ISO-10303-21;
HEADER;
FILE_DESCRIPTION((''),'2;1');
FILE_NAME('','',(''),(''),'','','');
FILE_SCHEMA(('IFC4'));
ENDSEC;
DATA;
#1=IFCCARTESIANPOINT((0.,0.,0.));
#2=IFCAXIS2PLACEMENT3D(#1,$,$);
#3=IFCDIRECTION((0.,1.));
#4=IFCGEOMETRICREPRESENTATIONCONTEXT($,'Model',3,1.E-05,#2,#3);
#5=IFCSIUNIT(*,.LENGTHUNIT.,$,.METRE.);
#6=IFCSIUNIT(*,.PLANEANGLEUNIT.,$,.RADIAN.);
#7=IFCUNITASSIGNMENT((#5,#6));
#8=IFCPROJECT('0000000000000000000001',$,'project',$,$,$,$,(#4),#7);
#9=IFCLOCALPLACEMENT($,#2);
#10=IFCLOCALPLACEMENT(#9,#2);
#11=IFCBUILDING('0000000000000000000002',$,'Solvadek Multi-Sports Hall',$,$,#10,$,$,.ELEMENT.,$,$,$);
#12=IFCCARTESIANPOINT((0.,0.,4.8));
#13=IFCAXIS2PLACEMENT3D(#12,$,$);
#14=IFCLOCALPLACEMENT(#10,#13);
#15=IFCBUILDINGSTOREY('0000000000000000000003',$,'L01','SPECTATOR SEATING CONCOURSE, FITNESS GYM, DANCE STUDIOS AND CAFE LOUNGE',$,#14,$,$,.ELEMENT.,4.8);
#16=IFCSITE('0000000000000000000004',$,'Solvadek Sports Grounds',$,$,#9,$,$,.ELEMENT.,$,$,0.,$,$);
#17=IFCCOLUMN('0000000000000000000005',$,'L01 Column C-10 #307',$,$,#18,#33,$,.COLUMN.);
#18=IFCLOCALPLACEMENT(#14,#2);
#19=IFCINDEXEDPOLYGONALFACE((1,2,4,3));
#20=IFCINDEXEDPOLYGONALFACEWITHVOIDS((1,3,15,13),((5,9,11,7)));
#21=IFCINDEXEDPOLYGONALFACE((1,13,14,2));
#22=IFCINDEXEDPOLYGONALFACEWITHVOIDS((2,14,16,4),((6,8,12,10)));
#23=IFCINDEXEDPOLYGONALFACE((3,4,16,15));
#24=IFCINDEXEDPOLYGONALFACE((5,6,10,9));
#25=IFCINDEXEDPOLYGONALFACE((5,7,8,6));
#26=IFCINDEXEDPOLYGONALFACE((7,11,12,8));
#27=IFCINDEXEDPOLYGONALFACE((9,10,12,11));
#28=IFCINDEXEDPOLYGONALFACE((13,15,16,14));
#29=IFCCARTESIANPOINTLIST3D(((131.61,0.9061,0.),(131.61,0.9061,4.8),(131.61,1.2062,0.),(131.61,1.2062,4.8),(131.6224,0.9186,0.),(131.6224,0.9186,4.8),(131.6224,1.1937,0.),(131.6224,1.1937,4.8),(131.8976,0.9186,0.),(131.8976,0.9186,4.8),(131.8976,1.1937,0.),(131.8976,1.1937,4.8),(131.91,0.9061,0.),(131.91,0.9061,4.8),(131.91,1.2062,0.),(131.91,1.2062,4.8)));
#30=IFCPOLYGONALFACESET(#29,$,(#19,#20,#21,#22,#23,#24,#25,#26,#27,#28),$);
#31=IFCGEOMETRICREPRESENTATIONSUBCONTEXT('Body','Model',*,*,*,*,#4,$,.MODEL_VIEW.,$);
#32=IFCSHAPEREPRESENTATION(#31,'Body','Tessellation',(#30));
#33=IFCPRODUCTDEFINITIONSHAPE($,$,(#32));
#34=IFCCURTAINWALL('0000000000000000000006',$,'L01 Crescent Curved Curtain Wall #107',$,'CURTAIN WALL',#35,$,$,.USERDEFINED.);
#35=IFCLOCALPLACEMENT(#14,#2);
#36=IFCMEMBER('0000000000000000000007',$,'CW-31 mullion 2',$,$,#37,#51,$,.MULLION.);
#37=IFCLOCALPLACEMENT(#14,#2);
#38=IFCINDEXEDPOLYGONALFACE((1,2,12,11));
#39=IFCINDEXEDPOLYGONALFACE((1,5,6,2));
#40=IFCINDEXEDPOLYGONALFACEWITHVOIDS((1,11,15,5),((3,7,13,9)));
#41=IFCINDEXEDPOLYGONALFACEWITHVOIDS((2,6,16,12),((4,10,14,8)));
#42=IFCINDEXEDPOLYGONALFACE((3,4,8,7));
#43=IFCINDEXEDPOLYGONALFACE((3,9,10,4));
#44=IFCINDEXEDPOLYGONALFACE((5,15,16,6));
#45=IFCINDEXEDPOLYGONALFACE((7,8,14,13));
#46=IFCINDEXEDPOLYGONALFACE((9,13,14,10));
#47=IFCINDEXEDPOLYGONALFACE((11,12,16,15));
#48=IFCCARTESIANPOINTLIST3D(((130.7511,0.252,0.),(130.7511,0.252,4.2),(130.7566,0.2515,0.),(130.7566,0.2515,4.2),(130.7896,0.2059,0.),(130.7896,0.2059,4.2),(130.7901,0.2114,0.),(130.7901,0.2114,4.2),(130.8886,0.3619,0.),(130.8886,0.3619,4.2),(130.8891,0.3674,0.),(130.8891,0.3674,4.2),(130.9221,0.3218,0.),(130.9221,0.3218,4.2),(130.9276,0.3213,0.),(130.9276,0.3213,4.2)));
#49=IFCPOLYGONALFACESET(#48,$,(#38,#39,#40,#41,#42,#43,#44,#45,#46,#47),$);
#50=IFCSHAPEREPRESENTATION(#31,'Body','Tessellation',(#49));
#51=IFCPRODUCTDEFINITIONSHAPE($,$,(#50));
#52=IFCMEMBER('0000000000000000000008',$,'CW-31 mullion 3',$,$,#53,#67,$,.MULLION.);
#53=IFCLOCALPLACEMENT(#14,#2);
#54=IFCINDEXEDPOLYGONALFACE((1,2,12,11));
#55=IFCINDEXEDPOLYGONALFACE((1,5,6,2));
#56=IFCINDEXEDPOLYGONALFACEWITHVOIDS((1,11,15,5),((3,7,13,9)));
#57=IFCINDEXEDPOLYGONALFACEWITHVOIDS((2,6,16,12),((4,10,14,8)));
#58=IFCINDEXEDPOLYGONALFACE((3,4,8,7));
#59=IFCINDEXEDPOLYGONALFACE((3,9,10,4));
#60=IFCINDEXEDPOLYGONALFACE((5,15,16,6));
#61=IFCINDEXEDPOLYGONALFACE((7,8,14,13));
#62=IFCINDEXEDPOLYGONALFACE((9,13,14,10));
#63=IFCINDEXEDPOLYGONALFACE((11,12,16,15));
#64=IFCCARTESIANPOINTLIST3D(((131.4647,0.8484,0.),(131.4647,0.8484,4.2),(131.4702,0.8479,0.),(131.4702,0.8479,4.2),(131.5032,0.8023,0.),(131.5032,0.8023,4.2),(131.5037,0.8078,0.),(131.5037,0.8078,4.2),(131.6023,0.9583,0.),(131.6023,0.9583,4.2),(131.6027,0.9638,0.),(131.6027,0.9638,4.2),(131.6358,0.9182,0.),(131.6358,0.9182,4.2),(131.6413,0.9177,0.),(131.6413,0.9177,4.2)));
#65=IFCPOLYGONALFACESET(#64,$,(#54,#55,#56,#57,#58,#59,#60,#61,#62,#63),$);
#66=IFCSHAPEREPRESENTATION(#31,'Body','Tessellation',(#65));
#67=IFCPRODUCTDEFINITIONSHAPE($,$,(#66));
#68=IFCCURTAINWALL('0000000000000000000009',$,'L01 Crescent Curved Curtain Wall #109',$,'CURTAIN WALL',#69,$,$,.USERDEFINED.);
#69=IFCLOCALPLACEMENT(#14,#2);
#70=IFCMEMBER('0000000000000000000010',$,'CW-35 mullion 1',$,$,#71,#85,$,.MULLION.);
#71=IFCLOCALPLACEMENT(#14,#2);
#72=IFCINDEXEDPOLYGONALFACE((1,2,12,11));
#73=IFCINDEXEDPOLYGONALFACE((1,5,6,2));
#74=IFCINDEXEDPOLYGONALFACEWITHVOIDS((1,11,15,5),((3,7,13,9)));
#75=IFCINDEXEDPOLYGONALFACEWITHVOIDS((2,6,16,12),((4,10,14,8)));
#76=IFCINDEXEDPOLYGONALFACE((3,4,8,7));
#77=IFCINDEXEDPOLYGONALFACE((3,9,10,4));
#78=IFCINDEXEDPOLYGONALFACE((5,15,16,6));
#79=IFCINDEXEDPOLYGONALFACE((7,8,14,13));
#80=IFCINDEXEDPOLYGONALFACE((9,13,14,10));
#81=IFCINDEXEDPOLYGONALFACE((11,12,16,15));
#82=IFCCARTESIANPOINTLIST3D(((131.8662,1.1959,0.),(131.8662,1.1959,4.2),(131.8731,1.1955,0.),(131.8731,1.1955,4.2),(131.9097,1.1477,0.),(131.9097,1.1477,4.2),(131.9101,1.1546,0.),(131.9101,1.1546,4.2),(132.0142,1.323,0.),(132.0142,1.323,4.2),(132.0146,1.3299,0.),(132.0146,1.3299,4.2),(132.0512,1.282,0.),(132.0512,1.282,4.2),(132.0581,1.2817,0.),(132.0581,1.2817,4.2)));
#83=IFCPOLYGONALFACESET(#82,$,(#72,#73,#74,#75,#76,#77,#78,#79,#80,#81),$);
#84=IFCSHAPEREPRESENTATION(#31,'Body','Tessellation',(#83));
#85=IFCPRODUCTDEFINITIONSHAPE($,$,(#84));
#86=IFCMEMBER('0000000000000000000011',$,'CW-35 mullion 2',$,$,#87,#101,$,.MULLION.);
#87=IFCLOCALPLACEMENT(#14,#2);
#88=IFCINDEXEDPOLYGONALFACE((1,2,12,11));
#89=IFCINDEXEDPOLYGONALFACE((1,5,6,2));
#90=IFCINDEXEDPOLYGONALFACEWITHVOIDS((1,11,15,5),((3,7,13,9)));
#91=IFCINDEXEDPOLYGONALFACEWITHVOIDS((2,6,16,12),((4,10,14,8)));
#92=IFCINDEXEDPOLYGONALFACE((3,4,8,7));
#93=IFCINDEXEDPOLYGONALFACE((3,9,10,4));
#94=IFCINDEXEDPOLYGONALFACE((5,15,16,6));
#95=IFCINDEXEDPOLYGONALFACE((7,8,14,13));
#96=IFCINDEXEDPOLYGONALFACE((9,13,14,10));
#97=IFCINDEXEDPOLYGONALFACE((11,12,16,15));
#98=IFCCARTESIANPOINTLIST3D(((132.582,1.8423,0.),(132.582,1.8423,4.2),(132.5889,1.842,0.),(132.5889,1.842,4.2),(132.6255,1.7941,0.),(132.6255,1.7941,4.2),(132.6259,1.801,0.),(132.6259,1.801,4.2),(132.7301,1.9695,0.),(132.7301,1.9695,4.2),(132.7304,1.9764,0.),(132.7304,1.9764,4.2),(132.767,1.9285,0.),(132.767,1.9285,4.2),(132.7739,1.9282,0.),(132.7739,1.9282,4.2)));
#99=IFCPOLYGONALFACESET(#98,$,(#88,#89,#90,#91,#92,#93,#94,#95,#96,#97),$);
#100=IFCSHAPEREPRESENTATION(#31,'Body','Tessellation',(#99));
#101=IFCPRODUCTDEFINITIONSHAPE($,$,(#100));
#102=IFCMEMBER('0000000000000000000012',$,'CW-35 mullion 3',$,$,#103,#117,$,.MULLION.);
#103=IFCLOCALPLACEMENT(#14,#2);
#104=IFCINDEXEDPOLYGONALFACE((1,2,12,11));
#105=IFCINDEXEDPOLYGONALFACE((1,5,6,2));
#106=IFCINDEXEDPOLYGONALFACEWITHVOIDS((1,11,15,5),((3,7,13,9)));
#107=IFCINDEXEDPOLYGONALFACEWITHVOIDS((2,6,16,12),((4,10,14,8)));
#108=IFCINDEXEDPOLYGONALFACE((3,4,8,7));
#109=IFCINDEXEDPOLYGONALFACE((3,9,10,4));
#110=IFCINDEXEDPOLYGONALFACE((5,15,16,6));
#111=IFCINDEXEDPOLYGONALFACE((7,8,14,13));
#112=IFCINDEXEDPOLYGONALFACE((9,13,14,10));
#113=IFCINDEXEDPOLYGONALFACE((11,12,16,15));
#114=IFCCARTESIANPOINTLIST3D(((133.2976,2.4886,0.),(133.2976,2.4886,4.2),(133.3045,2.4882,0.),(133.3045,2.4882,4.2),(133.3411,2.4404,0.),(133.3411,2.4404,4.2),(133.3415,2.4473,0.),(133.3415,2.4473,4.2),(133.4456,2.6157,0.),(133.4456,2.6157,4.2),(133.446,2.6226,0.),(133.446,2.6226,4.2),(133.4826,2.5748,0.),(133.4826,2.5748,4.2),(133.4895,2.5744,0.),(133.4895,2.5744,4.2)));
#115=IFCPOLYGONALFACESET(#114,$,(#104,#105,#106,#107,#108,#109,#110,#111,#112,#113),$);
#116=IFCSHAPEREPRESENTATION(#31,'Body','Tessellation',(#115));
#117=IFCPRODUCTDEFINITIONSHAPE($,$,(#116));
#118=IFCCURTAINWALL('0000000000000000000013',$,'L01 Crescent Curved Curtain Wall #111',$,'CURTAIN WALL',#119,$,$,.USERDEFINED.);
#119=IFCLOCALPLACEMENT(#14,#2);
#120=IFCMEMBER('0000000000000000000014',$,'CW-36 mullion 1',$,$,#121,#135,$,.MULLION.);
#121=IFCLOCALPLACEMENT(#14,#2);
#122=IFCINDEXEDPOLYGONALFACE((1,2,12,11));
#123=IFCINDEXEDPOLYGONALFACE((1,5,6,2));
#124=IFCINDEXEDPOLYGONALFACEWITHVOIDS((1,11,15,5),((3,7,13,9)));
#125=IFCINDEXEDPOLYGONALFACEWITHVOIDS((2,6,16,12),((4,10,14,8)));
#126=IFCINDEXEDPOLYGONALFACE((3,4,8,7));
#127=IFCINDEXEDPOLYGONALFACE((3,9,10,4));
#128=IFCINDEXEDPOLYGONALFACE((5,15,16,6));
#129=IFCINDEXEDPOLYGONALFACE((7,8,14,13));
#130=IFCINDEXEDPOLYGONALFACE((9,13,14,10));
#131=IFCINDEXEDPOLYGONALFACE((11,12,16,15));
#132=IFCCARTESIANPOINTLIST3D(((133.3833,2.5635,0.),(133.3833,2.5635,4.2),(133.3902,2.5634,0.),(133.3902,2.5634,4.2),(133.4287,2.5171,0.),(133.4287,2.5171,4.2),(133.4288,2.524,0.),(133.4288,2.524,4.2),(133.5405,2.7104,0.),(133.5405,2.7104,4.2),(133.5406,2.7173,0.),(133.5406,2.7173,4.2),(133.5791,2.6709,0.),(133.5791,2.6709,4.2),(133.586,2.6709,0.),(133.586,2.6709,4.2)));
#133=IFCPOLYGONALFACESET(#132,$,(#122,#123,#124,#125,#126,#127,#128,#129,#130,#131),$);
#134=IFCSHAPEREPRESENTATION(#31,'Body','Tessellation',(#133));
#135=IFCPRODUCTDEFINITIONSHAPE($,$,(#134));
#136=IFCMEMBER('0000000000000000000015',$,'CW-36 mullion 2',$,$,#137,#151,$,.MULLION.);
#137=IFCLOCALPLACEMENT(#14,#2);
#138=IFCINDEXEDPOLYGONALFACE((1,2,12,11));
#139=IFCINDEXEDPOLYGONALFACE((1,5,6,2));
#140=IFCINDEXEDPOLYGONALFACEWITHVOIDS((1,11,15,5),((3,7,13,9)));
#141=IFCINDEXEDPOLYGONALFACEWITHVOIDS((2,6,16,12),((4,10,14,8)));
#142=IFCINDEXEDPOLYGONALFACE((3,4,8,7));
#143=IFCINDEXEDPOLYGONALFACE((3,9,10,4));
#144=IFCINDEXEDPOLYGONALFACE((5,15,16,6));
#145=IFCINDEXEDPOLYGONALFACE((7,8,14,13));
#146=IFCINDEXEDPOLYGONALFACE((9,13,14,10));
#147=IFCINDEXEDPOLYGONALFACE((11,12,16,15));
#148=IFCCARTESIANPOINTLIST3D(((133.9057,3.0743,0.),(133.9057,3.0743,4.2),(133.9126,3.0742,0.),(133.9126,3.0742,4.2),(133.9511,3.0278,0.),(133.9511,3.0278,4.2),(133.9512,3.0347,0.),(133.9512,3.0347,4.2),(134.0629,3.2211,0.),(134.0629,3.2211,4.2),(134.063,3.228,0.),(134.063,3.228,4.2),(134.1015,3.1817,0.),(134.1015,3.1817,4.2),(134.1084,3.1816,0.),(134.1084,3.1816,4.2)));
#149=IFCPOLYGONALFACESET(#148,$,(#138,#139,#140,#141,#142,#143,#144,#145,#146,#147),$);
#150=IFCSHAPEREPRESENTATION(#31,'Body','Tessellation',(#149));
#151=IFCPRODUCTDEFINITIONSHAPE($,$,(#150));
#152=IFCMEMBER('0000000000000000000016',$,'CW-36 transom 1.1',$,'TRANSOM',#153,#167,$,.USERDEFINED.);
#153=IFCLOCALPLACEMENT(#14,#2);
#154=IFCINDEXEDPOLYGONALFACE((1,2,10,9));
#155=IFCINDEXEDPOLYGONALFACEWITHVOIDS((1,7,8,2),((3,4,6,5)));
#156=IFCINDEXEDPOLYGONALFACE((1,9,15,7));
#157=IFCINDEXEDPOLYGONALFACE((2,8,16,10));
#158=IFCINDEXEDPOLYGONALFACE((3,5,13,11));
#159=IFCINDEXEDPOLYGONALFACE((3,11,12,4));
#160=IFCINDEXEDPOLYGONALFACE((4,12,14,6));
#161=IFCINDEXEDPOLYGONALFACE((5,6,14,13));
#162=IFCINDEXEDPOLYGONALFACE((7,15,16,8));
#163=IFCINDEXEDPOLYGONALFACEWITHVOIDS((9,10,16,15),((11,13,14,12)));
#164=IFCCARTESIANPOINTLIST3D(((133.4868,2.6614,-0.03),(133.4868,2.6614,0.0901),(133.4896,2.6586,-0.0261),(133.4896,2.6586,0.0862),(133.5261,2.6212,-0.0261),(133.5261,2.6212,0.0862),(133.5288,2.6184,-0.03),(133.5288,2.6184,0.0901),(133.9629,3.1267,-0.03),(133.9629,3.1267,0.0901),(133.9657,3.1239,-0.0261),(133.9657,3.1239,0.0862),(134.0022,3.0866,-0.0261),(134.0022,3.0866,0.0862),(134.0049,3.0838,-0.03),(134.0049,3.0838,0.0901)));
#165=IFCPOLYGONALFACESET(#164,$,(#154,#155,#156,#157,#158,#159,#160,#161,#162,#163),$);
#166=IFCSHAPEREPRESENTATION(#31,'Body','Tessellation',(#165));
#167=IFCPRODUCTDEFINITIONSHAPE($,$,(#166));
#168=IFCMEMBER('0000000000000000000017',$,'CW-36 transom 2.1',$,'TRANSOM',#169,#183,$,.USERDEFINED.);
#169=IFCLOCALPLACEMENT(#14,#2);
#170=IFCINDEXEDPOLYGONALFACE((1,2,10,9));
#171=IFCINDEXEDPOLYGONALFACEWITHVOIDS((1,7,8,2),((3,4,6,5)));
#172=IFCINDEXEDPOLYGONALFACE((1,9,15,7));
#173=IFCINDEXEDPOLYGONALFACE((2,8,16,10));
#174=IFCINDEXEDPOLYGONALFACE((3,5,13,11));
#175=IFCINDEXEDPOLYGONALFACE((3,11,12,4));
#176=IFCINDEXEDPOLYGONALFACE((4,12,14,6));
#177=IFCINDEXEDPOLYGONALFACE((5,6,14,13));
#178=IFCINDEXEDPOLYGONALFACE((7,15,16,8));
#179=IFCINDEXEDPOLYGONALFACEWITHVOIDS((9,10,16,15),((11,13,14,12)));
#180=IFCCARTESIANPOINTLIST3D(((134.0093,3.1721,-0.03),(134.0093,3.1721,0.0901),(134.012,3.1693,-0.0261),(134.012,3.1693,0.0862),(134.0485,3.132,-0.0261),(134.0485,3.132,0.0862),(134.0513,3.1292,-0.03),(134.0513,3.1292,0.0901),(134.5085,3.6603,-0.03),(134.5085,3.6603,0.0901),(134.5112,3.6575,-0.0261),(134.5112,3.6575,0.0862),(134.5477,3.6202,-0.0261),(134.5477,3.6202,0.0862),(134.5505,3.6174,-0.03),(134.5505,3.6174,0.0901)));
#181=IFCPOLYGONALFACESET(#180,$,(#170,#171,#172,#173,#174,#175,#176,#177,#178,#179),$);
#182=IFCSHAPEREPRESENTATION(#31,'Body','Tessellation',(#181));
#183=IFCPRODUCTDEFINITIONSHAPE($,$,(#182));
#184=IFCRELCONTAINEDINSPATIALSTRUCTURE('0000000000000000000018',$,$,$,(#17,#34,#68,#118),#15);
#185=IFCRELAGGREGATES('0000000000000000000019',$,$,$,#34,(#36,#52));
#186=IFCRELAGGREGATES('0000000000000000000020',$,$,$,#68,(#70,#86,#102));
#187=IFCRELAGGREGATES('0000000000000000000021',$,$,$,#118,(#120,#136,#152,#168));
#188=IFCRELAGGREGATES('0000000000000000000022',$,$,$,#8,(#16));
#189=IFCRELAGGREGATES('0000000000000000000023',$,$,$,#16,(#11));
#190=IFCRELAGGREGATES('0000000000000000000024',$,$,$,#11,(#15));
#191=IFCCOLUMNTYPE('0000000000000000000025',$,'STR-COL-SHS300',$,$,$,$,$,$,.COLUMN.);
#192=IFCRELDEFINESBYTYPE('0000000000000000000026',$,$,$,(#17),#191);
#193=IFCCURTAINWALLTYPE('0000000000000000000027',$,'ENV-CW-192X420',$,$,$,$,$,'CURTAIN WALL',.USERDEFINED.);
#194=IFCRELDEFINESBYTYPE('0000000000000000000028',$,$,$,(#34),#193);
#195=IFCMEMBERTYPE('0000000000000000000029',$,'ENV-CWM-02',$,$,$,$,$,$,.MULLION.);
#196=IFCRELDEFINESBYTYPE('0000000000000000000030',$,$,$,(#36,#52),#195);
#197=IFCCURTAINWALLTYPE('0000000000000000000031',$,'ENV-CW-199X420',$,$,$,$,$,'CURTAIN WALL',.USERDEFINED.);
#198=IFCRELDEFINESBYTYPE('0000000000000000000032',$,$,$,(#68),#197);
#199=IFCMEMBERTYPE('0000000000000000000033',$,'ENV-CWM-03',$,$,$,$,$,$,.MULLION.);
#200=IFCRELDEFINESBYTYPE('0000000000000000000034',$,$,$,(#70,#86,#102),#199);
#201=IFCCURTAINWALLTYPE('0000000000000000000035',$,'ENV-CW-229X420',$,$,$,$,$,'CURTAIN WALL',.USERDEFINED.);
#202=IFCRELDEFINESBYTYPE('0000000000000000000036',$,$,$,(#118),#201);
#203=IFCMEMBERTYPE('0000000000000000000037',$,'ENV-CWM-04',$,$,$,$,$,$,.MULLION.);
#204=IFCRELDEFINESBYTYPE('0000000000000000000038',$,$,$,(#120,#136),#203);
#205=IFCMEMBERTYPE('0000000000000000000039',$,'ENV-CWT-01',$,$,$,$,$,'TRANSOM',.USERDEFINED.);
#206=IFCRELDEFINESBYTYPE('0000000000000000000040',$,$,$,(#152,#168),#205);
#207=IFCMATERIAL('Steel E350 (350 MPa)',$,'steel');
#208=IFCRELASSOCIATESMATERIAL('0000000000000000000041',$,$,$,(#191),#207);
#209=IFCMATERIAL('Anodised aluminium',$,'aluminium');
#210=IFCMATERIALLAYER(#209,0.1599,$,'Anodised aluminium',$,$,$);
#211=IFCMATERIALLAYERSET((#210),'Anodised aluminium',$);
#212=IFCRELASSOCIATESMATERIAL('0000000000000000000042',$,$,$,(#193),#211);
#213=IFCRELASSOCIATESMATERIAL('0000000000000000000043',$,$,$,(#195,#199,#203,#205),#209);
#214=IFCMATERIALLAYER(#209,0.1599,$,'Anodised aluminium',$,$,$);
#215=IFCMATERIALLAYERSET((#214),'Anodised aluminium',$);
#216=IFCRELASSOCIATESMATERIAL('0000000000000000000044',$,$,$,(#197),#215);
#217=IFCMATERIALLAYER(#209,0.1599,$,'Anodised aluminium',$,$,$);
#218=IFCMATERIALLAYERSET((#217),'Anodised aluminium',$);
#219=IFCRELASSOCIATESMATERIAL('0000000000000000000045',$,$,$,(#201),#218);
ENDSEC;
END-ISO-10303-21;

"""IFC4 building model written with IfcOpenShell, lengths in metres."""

from ifc_helpers import new_model, si_unit, direction, frame, origin, origin_2d, place, context, subcontext, project, spatial, hollow_rectangle, extrude, material, layer, layer_set, material_profile, profile_set, type_object, element, aggregate, save


model = new_model("IFC4")

# Units and contexts
model_context = context("Model", 3, precision=1e-05, world=origin(), true_north=direction((0.0, 1.0)))
body_context = subcontext(model_context, "Body", "Model", "MODEL_VIEW")
ifc_project = project(units=[si_unit("LENGTHUNIT", "METRE"), si_unit("PLANEANGLEUNIT", "RADIAN")], contexts=[model_context])

# Site, building, storey
site_placement = place(None, origin())
site = spatial("IfcSite", under=ifc_project, at=site_placement, Name="Solvadek Sports Grounds", CompositionType="ELEMENT", RefElevation=0.0)
building_placement = place(site_placement, origin())
building = spatial("IfcBuilding", under=site, at=building_placement, Name="Solvadek Multi-Sports Hall", CompositionType="ELEMENT")
storey_placement = place(building_placement, frame((0.0, 0.0, 4.8)))
storey = spatial("IfcBuildingStorey", under=building, at=storey_placement, Name="L01", Description="SPECTATOR SEATING CONCOURSE, FITNESS GYM, DANCE STUDIOS AND CAFE LOUNGE", CompositionType="ELEMENT", Elevation=4.8)

# Column
ifc_material_1 = material(Name="Steel E350 (350 MPa)", Category="steel")
ifc_material_profile_1 = material_profile(ifc_material_1, hollow_rectangle(XDim=0.3, YDim=0.3, WallThickness=0.0125, at=origin_2d()), Name="SHS 300x300x12.5")
ifc_profile_set_1 = profile_set([ifc_material_profile_1], Name="Steel E350 (350 MPa)")
column_type = type_object("IfcColumnType", Name="STR-COL-SHS300", PredefinedType="COLUMN", material=ifc_profile_set_1)
column_placement = place(storey_placement, frame((131.76, 1.0562, 0.0), z_axis=(0.0, 0.0, 1.0), x_axis=(1.0, 0.0, 0.0)))
element("IfcColumn", 1, at=column_placement, inside=storey, type_object=column_type, Name="L01 Column C-10 #307", PredefinedType="COLUMN", context=body_context, shape_type="SweptSolid", body=[
    extrude(hollow_rectangle(XDim=0.3, YDim=0.3, WallThickness=0.0125, at=origin_2d()), origin(), (0.0, 0.0, 1.0), 4.8),
])

# Curtain walls, members
ifc_material_2 = material(Name="Anodised aluminium", Category="aluminium")
ifc_layer_1 = layer(ifc_material_2, 0.1599, Name="Anodised aluminium")
ifc_layer_set_1 = layer_set([ifc_layer_1], Name="Anodised aluminium")
curtain_wall_type_1 = type_object("IfcCurtainWallType", Name="ENV-CW-192X420", ElementType="CURTAIN WALL", PredefinedType="USERDEFINED", material=ifc_layer_set_1)
curtain_wall_1_placement = place(storey_placement, origin())
curtain_wall_1 = element("IfcCurtainWall", 2, at=curtain_wall_1_placement, inside=storey, type_object=curtain_wall_type_1, Name="L01 Crescent Curved Curtain Wall #107", ObjectType="CURTAIN WALL", PredefinedType="USERDEFINED")
ifc_material_profile_2 = material_profile(ifc_material_2, hollow_rectangle(XDim=0.0601, YDim=0.1799, WallThickness=0.0039, at=origin_2d()), Name="ALU-M 180x60x4")
ifc_profile_set_2 = profile_set([ifc_material_profile_2], Name="Anodised aluminium")
member_type_1 = type_object("IfcMemberType", Name="ENV-CWM-02", PredefinedType="MULLION", material=ifc_profile_set_2)
member_1_placement = place(storey_placement, frame((130.8394, 0.2866, 0.0), z_axis=(0.0, 0.0, 1.0), x_axis=(-0.641347, 0.767251, 0.0)))
member_1 = element("IfcMember", 3, at=member_1_placement, type_object=member_type_1, Name="CW-31 mullion 2", PredefinedType="MULLION", context=body_context, shape_type="SweptSolid", body=[
    extrude(hollow_rectangle(XDim=0.0601, YDim=0.1799, WallThickness=0.0039, at=origin_2d()), origin(), (0.0, 0.0, 1.0), 4.2),
])
member_2_placement = place(storey_placement, frame((131.553, 0.8831, 0.0), z_axis=(0.0, 0.0, 1.0), x_axis=(-0.641347, 0.767251, 0.0)))
member_2 = element("IfcMember", 4, at=member_2_placement, type_object=member_type_1, Name="CW-31 mullion 3", PredefinedType="MULLION", context=body_context, shape_type="SweptSolid", body=[
    extrude(hollow_rectangle(XDim=0.0601, YDim=0.1799, WallThickness=0.0039, at=origin_2d()), origin(), (0.0, 0.0, 1.0), 4.2),
])
ifc_layer_2 = layer(ifc_material_2, 0.1599, Name="Anodised aluminium")
ifc_layer_set_2 = layer_set([ifc_layer_2], Name="Anodised aluminium")
curtain_wall_type_2 = type_object("IfcCurtainWallType", Name="ENV-CW-199X420", ElementType="CURTAIN WALL", PredefinedType="USERDEFINED", material=ifc_layer_set_2)
curtain_wall_2_placement = place(storey_placement, origin())
curtain_wall_2 = element("IfcCurtainWall", 5, at=curtain_wall_2_placement, inside=storey, type_object=curtain_wall_type_2, Name="L01 Crescent Curved Curtain Wall #109", ObjectType="CURTAIN WALL", PredefinedType="USERDEFINED")
ifc_material_profile_3 = material_profile(ifc_material_2, hollow_rectangle(XDim=0.0649, YDim=0.2, WallThickness=0.0049, at=origin_2d()), Name="ALU-M 200x65x5")
ifc_profile_set_3 = profile_set([ifc_material_profile_3], Name="Anodised aluminium")
member_type_2 = type_object("IfcMemberType", Name="ENV-CWM-03", PredefinedType="MULLION", material=ifc_profile_set_3)
member_3_placement = place(storey_placement, frame((131.9622, 1.2388, 0.0), z_axis=(0.0, 0.0, 1.0), x_axis=(-0.670227, 0.742156, 0.0)))
member_3 = element("IfcMember", 6, at=member_3_placement, type_object=member_type_2, Name="CW-35 mullion 1", PredefinedType="MULLION", context=body_context, shape_type="SweptSolid", body=[
    extrude(hollow_rectangle(XDim=0.0649, YDim=0.2, WallThickness=0.0049, at=origin_2d()), origin(), (0.0, 0.0, 1.0), 4.2),
])
member_4_placement = place(storey_placement, frame((132.678, 1.8853, 0.0), z_axis=(0.0, 0.0, 1.0), x_axis=(-0.670227, 0.742156, 0.0)))
member_4 = element("IfcMember", 7, at=member_4_placement, type_object=member_type_2, Name="CW-35 mullion 2", PredefinedType="MULLION", context=body_context, shape_type="SweptSolid", body=[
    extrude(hollow_rectangle(XDim=0.0649, YDim=0.2, WallThickness=0.0049, at=origin_2d()), origin(), (0.0, 0.0, 1.0), 4.2),
])
member_5_placement = place(storey_placement, frame((133.3936, 2.5315, 0.0), z_axis=(0.0, 0.0, 1.0), x_axis=(-0.670227, 0.742156, 0.0)))
member_5 = element("IfcMember", 8, at=member_5_placement, type_object=member_type_2, Name="CW-35 mullion 3", PredefinedType="MULLION", context=body_context, shape_type="SweptSolid", body=[
    extrude(hollow_rectangle(XDim=0.0649, YDim=0.2, WallThickness=0.0049, at=origin_2d()), origin(), (0.0, 0.0, 1.0), 4.2),
])
ifc_layer_3 = layer(ifc_material_2, 0.1599, Name="Anodised aluminium")
ifc_layer_set_3 = layer_set([ifc_layer_3], Name="Anodised aluminium")
curtain_wall_type_3 = type_object("IfcCurtainWallType", Name="ENV-CW-229X420", ElementType="CURTAIN WALL", PredefinedType="USERDEFINED", material=ifc_layer_set_3)
curtain_wall_3_placement = place(storey_placement, origin())
curtain_wall_3 = element("IfcCurtainWall", 9, at=curtain_wall_3_placement, inside=storey, type_object=curtain_wall_type_3, Name="L01 Crescent Curved Curtain Wall #111", ObjectType="CURTAIN WALL", PredefinedType="USERDEFINED")
ifc_material_profile_4 = material_profile(ifc_material_2, hollow_rectangle(XDim=0.0649, YDim=0.22, WallThickness=0.0049, at=origin_2d()), Name="ALU-M 220x65x5")
ifc_profile_set_4 = profile_set([ifc_material_profile_4], Name="Anodised aluminium")
member_type_3 = type_object("IfcMemberType", Name="ENV-CWM-04", PredefinedType="MULLION", material=ifc_profile_set_4)
member_6_placement = place(storey_placement, frame((133.4846, 2.6172, 0.0), z_axis=(0.0, 0.0, 1.0), x_axis=(-0.699091, 0.715032, 0.0)))
member_6 = element("IfcMember", 10, at=member_6_placement, type_object=member_type_3, Name="CW-36 mullion 1", PredefinedType="MULLION", context=body_context, shape_type="SweptSolid", body=[
    extrude(hollow_rectangle(XDim=0.0649, YDim=0.22, WallThickness=0.0049, at=origin_2d()), origin(), (0.0, 0.0, 1.0), 4.2),
])
member_7_placement = place(storey_placement, frame((134.0071, 3.1279, 0.0), z_axis=(0.0, 0.0, 1.0), x_axis=(-0.699091, 0.715032, 0.0)))
member_7 = element("IfcMember", 11, at=member_7_placement, type_object=member_type_3, Name="CW-36 mullion 2", PredefinedType="MULLION", context=body_context, shape_type="SweptSolid", body=[
    extrude(hollow_rectangle(XDim=0.0649, YDim=0.22, WallThickness=0.0049, at=origin_2d()), origin(), (0.0, 0.0, 1.0), 4.2),
])
ifc_material_profile_5 = material_profile(ifc_material_2, hollow_rectangle(XDim=0.0601, YDim=0.1201, WallThickness=0.0039, at=origin_2d()), Name="ALU-T 120x60x4")
ifc_profile_set_5 = profile_set([ifc_material_profile_5], Name="Anodised aluminium")
member_type_4 = type_object("IfcMemberType", Name="ENV-CWT-01", ElementType="TRANSOM", PredefinedType="USERDEFINED", material=ifc_profile_set_5)
member_8_placement = place(storey_placement, frame((133.5078, 2.6399, 0.03), z_axis=(0.715129, 0.698993, 0.0), x_axis=(-0.698993, 0.715129, 0.0)))
member_8 = element("IfcMember", 12, at=member_8_placement, type_object=member_type_4, Name="CW-36 transom 1.1", ObjectType="TRANSOM", PredefinedType="USERDEFINED", context=body_context, shape_type="SweptSolid", body=[
    extrude(hollow_rectangle(XDim=0.0601, YDim=0.1201, WallThickness=0.0039, at=origin_2d()), origin(), (0.0, 0.0, 1.0), 0.6658),
])
member_9_placement = place(storey_placement, frame((134.0303, 3.1506, 0.03), z_axis=(0.714929, 0.699197, 0.0), x_axis=(-0.699197, 0.714929, 0.0)))
member_9 = element("IfcMember", 13, at=member_9_placement, type_object=member_type_4, Name="CW-36 transom 2.1", ObjectType="TRANSOM", PredefinedType="USERDEFINED", context=body_context, shape_type="SweptSolid", body=[
    extrude(hollow_rectangle(XDim=0.0601, YDim=0.1201, WallThickness=0.0039, at=origin_2d()), origin(), (0.0, 0.0, 1.0), 0.6982),
])

aggregate(curtain_wall_1, [member_1, member_2])
aggregate(curtain_wall_2, [member_3, member_4, member_5])
aggregate(curtain_wall_3, [member_6, member_7, member_8, member_9])

save(model, "model.ifc")
